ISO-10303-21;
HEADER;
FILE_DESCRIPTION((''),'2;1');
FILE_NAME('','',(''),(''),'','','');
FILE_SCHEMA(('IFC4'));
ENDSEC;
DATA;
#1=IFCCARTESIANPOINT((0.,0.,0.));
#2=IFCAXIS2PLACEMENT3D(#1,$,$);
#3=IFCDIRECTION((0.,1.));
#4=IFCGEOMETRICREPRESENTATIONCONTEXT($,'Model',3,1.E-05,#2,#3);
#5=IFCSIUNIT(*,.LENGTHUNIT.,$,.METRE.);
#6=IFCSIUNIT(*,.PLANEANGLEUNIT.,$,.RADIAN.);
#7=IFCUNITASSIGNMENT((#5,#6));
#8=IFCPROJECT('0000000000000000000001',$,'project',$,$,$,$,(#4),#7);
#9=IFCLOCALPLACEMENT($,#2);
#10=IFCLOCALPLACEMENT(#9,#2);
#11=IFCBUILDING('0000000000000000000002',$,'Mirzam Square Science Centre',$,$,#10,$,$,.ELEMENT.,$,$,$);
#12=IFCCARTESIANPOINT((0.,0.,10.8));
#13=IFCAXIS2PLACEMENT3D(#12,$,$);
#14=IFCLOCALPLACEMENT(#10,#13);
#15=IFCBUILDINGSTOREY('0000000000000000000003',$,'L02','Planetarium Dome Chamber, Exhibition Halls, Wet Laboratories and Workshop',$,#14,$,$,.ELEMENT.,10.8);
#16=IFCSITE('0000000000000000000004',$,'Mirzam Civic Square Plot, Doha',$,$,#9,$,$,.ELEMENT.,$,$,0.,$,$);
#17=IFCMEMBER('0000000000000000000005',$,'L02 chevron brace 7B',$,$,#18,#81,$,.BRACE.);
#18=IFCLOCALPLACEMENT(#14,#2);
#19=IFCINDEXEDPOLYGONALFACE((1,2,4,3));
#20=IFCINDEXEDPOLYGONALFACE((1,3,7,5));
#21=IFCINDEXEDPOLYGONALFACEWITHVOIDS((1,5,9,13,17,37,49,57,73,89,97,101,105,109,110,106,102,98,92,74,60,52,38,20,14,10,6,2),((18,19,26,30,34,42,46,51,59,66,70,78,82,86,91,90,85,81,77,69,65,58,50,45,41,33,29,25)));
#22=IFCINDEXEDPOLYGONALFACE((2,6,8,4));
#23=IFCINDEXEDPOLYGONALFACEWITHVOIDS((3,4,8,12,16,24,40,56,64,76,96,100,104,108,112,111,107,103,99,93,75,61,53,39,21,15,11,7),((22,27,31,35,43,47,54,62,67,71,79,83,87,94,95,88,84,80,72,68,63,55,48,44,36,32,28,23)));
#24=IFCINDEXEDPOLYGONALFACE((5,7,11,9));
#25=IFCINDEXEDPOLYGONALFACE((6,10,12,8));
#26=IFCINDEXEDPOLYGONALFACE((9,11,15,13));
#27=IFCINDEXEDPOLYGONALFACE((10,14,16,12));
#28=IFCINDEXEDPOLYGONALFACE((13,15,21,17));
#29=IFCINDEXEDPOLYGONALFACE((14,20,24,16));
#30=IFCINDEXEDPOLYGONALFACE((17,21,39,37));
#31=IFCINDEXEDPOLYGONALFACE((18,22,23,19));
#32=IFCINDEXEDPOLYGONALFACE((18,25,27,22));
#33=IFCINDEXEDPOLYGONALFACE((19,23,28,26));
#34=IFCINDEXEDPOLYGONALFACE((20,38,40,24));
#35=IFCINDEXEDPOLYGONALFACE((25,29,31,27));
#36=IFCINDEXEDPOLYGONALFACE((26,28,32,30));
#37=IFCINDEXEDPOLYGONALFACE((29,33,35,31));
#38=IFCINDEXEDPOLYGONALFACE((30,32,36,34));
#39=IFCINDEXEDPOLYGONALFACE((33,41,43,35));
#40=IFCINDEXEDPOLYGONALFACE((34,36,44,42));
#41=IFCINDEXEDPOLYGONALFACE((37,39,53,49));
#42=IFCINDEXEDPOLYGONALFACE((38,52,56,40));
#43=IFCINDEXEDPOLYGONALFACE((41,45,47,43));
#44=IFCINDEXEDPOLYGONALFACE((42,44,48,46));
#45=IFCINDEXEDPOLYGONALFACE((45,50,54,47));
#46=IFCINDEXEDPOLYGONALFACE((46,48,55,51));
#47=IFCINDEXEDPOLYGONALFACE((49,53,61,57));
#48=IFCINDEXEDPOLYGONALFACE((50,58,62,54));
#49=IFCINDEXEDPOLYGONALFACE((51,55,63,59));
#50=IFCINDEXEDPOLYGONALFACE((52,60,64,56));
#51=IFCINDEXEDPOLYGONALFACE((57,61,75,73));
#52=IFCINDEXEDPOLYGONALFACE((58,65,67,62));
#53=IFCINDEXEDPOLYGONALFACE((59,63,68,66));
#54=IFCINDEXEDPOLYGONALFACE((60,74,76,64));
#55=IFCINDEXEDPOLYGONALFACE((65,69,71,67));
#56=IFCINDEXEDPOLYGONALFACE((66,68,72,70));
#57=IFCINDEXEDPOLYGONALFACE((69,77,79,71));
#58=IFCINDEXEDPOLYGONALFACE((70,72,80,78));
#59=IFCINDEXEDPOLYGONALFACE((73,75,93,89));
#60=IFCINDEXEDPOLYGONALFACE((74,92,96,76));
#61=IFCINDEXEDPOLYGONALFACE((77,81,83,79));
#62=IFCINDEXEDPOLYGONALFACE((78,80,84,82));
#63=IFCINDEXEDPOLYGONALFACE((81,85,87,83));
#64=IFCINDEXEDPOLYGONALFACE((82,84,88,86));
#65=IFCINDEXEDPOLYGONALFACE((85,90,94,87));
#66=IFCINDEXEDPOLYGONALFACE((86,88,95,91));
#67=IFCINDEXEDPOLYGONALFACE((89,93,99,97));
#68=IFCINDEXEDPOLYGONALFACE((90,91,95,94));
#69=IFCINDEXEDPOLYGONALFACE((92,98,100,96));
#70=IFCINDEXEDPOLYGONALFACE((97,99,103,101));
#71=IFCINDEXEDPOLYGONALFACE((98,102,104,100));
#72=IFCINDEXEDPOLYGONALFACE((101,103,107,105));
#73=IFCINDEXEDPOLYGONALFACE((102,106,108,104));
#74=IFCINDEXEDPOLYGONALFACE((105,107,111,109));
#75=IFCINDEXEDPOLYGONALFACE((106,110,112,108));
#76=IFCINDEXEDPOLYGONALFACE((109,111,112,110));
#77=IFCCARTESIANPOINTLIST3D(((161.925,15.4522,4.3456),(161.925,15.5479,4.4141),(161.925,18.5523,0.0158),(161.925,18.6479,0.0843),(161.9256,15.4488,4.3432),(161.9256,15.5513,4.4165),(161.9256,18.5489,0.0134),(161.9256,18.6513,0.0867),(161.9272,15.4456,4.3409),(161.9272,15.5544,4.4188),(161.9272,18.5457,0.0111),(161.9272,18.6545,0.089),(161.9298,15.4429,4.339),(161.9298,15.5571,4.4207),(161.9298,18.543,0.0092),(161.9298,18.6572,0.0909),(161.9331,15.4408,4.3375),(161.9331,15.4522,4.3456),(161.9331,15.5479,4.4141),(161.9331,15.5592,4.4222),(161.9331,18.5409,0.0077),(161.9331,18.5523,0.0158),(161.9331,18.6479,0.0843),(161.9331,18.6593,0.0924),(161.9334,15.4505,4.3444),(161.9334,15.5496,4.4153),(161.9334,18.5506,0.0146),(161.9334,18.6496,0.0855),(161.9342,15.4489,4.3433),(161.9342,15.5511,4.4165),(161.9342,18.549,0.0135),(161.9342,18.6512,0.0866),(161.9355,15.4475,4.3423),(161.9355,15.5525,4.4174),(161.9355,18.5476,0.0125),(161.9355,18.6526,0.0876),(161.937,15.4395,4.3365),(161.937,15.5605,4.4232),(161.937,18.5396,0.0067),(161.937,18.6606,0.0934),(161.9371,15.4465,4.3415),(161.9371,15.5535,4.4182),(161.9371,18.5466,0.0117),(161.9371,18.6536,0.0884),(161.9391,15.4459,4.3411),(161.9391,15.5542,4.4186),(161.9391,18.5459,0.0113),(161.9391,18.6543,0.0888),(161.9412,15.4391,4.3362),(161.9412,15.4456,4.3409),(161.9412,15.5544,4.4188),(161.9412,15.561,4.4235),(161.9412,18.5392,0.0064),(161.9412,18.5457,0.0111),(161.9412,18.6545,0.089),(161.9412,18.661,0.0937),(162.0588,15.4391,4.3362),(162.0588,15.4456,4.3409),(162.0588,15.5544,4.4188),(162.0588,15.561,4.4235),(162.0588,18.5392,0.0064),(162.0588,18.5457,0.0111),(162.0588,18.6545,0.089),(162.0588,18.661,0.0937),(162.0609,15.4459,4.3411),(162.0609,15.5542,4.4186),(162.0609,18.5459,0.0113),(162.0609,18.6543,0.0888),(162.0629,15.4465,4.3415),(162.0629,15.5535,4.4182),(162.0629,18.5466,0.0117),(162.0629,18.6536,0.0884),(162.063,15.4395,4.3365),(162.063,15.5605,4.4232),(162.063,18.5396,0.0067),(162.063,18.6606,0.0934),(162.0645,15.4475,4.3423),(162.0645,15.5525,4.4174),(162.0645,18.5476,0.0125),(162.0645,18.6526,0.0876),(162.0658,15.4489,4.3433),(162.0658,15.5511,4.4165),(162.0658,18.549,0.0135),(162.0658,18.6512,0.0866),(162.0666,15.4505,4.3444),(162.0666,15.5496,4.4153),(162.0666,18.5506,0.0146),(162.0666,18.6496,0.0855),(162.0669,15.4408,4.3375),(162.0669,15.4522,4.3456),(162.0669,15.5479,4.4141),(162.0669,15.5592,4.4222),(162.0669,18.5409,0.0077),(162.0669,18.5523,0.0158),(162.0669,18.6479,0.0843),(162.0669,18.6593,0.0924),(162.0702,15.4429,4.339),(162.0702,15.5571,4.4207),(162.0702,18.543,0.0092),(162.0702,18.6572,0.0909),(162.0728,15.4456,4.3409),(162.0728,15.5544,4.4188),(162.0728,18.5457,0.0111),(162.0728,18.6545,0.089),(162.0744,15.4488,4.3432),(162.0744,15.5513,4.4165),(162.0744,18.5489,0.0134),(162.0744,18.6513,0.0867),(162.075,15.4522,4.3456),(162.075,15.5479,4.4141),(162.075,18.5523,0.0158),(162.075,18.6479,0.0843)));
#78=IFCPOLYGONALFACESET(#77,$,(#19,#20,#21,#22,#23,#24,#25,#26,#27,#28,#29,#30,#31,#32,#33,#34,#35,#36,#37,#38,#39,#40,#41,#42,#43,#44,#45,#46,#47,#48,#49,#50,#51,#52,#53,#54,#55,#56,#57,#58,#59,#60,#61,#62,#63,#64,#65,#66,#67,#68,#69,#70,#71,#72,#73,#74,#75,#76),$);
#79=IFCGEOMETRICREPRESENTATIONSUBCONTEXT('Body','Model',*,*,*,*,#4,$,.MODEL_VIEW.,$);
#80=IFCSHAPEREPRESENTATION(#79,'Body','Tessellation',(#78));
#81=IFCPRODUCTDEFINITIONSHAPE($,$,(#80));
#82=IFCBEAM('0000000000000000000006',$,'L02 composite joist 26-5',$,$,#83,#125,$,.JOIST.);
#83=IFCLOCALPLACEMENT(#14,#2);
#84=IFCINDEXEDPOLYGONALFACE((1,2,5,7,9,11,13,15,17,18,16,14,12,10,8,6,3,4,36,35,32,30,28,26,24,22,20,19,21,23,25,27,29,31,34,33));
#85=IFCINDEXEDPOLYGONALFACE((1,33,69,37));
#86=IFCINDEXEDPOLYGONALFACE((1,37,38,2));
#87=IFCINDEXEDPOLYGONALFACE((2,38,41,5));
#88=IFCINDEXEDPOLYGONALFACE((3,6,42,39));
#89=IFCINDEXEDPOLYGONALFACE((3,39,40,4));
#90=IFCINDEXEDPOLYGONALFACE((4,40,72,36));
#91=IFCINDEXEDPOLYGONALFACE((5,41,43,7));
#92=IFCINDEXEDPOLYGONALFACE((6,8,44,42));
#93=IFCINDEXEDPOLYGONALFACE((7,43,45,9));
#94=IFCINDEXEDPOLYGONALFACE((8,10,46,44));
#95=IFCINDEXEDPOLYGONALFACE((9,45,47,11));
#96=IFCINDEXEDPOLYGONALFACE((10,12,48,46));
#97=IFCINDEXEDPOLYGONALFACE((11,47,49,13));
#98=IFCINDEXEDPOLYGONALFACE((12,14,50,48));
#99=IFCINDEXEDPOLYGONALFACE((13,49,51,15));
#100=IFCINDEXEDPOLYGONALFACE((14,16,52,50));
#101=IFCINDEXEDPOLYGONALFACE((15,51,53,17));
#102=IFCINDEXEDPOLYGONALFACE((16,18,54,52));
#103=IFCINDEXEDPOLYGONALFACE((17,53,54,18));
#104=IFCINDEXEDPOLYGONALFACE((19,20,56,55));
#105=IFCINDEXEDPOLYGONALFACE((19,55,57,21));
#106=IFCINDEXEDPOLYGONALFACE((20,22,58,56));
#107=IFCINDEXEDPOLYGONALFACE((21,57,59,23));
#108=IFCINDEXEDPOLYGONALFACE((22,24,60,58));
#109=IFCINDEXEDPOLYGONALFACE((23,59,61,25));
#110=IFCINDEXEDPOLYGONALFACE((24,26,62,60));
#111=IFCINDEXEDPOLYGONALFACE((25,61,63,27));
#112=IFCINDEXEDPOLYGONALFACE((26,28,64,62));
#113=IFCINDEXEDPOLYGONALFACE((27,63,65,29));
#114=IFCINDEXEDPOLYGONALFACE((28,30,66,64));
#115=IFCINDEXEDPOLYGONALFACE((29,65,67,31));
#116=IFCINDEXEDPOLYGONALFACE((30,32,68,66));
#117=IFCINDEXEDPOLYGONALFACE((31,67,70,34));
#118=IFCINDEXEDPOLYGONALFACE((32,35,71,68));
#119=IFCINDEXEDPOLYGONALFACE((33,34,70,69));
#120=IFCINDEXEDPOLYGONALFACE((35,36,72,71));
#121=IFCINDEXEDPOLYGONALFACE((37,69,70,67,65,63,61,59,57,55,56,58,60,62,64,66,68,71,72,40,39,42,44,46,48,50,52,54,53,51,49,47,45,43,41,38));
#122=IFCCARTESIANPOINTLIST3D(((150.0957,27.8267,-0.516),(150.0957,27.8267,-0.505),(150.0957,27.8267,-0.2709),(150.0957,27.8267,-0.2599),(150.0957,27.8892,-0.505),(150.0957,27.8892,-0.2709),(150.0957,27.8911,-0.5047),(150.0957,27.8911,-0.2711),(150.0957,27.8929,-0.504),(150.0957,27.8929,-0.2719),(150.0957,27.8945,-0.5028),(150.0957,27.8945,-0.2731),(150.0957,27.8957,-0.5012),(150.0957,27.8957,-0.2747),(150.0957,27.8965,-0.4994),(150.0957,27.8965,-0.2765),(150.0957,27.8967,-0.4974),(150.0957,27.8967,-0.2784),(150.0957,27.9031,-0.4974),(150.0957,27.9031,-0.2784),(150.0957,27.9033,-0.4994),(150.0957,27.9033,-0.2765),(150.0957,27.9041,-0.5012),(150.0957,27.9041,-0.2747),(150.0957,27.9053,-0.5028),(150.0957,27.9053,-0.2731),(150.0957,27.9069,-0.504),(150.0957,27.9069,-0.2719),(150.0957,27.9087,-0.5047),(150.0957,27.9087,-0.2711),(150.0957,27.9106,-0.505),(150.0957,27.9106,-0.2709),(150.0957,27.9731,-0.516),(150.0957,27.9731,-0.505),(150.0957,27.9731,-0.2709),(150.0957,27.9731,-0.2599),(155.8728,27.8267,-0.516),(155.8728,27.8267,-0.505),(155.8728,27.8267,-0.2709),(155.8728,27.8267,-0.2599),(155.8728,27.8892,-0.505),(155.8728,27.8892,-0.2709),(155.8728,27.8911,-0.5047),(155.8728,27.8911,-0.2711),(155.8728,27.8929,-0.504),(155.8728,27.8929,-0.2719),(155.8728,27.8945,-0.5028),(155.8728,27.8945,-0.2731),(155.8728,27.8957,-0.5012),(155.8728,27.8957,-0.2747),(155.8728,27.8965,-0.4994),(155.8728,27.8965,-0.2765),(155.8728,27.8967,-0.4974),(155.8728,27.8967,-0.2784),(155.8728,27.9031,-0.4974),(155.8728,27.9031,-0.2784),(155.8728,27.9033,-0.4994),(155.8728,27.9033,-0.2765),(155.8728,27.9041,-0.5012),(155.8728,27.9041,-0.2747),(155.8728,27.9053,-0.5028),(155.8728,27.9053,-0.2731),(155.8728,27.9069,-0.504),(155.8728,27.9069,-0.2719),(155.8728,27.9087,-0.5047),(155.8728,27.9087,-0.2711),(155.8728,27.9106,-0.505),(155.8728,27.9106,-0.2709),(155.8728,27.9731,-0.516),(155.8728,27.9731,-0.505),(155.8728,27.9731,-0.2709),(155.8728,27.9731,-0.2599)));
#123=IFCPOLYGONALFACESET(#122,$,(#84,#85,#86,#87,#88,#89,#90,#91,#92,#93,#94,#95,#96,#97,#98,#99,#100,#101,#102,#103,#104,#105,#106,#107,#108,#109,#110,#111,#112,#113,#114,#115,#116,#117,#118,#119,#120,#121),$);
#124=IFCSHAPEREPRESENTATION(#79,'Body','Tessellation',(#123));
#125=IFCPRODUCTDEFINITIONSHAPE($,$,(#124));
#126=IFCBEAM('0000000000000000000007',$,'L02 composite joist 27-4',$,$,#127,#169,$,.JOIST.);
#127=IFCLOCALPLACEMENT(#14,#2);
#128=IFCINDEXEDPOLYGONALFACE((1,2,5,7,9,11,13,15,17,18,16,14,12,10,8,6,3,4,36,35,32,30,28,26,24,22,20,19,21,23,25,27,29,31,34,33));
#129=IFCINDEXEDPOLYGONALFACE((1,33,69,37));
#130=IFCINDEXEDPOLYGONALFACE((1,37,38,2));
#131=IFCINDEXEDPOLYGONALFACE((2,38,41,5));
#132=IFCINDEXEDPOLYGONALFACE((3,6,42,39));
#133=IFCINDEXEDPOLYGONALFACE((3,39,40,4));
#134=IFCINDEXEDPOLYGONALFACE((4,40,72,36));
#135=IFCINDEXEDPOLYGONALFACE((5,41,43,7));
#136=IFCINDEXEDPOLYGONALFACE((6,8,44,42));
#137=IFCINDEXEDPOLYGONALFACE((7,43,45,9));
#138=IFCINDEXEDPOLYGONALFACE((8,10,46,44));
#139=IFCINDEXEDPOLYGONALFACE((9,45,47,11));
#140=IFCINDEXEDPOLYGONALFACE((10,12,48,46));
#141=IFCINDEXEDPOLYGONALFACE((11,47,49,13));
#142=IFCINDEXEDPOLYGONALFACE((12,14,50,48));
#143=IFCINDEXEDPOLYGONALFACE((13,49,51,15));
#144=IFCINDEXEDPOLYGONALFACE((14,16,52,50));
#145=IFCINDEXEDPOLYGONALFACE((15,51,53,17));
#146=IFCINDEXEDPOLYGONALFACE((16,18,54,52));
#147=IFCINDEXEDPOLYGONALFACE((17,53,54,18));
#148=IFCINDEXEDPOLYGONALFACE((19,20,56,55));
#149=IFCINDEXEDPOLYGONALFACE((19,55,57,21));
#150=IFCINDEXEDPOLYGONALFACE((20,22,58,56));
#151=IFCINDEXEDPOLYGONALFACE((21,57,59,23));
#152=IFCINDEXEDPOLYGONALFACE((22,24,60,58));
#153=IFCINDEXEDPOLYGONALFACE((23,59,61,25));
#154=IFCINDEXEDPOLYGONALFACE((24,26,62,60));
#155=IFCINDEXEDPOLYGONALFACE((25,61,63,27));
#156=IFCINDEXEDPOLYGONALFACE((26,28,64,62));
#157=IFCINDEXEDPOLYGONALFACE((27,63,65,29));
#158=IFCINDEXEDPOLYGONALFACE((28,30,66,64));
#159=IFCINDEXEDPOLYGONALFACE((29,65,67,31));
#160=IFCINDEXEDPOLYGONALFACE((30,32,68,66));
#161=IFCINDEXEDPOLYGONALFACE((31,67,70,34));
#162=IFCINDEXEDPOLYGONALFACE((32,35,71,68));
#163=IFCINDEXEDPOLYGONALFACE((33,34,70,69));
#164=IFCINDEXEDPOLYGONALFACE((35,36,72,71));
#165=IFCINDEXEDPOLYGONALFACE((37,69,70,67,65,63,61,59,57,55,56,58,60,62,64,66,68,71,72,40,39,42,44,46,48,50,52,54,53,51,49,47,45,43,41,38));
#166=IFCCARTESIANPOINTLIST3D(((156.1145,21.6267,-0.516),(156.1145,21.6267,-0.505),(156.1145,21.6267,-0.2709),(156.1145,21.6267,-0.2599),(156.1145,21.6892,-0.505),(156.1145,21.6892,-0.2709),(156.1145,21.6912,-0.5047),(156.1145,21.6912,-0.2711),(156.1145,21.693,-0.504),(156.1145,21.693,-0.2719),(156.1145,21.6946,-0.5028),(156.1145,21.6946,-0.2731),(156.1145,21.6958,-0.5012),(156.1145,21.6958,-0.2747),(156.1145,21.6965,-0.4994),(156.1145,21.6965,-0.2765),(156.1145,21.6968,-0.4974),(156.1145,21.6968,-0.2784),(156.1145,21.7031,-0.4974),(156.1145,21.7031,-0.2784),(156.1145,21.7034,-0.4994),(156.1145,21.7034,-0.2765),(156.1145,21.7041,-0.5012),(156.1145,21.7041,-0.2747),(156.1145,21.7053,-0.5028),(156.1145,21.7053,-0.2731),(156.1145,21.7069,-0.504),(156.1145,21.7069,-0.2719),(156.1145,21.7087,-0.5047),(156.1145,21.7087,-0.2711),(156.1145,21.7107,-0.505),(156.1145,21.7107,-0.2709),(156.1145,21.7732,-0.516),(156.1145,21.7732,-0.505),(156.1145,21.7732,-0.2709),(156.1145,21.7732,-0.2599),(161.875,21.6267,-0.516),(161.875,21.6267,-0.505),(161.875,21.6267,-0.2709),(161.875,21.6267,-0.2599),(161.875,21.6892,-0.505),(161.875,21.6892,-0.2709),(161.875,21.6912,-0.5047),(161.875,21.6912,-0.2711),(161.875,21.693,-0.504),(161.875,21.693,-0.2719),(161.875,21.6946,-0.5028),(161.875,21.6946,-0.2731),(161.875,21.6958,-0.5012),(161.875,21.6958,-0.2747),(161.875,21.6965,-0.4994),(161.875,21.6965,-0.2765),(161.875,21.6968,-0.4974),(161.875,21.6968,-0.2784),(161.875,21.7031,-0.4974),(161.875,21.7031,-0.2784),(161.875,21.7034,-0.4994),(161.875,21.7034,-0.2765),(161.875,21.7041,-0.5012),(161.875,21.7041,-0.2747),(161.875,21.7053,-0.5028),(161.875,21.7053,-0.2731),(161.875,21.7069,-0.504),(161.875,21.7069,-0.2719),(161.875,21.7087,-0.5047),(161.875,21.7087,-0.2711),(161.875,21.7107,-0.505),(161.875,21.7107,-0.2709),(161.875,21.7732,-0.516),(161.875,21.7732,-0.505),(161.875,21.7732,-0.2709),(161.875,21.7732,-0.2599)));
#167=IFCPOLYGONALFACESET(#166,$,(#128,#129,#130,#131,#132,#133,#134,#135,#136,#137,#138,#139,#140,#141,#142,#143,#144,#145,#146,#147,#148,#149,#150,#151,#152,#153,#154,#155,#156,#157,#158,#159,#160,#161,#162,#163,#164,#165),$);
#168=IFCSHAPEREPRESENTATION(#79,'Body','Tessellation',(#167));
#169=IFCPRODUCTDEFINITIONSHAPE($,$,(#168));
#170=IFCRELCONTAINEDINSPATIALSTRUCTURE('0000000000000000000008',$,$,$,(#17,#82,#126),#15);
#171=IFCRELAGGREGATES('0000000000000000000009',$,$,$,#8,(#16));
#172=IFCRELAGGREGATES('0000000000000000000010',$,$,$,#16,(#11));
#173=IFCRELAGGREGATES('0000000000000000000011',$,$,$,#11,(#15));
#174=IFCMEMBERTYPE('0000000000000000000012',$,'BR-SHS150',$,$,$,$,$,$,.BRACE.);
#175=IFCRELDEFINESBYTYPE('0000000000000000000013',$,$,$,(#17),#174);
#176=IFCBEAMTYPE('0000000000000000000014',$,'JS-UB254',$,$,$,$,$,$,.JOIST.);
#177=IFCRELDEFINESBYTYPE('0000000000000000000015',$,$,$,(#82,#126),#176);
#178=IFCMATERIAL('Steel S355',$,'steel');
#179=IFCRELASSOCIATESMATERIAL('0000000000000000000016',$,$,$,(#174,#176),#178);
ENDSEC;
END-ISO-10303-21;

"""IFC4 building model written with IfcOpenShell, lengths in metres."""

from ifc_helpers import new_model, si_unit, direction, frame, origin, origin_2d, place, context, subcontext, project, spatial, hollow_rectangle, i_section, extrude, material, material_profile, profile_set, type_object, element, save


model = new_model("IFC4")

# Units and contexts
model_context = context("Model", 3, precision=1e-05, world=origin(), true_north=direction((0.0, 1.0)))
body_context = subcontext(model_context, "Body", "Model", "MODEL_VIEW")
ifc_project = project(units=[si_unit("LENGTHUNIT", "METRE"), si_unit("PLANEANGLEUNIT", "RADIAN")], contexts=[model_context])

# Site, building, storey
site_placement = place(None, origin())
site = spatial("IfcSite", under=ifc_project, at=site_placement, Name="Mirzam Civic Square Plot, Doha", CompositionType="ELEMENT", RefElevation=0.0)
building_placement = place(site_placement, origin())
building = spatial("IfcBuilding", under=site, at=building_placement, Name="Mirzam Square Science Centre", CompositionType="ELEMENT")
storey_placement = place(building_placement, frame((0.0, 0.0, 10.8)))
storey = spatial("IfcBuildingStorey", under=building, at=storey_placement, Name="L02", Description="Planetarium Dome Chamber, Exhibition Halls, Wet Laboratories and Workshop", CompositionType="ELEMENT", Elevation=10.8)

# Shared definitions
ifc_material_1 = material(Name="Steel S355", Category="steel")

# Member
ifc_material_profile_1 = material_profile(ifc_material_1, hollow_rectangle(XDim=0.1499, YDim=0.1499, WallThickness=0.0081, InnerFilletRadius=0.0081, OuterFilletRadius=0.0161, at=origin_2d()), Name="150x150x8.0SHS")
ifc_profile_set_1 = profile_set([ifc_material_profile_1], Name="Steel S355")
member_type = type_object("IfcMemberType", Name="BR-SHS150", PredefinedType="BRACE", material=ifc_profile_set_1)
member_placement = place(storey_placement, frame((162.0, 18.6001, 0.05), z_axis=(0.0, -0.582153, 0.813079), x_axis=(1.0, 0.0, 0.0)))
element("IfcMember", 1, at=member_placement, inside=storey, type_object=member_type, Name="L02 chevron brace 7B", PredefinedType="BRACE", context=body_context, shape_type="SweptSolid", body=[
    extrude(hollow_rectangle(XDim=0.1499, YDim=0.1499, WallThickness=0.0081, InnerFilletRadius=0.0081, OuterFilletRadius=0.0161, at=origin_2d()), origin(), (0.0, 0.0, 1.0), 5.3252),
])

# Beams
ifc_material_profile_2 = material_profile(ifc_material_1, i_section(OverallWidth=0.1465, OverallDepth=0.2561, WebThickness=0.0063, FlangeThickness=0.011, FilletRadius=0.0076, at=origin_2d()), Name="254x146x37UB")
ifc_profile_set_2 = profile_set([ifc_material_profile_2], Name="Steel S355")
beam_type_1 = type_object("IfcBeamType", Name="JS-UB254", PredefinedType="JOIST", material=ifc_profile_set_2)
beam_1_placement = place(storey_placement, frame((150.0957, 27.8999, -0.3879), z_axis=(1.0, 0.0, 0.0), x_axis=(0.0, 1.0, 0.0)))
element("IfcBeam", 2, at=beam_1_placement, inside=storey, type_object=beam_type_1, Name="L02 composite joist 26-5", PredefinedType="JOIST", context=body_context, shape_type="SweptSolid", body=[
    extrude(i_section(OverallWidth=0.1465, OverallDepth=0.2561, WebThickness=0.0063, FlangeThickness=0.011, FilletRadius=0.0076, at=origin_2d()), origin(), (0.0, 0.0, 1.0), 5.7771),
])
beam_2_placement = place(storey_placement, frame((156.1145, 21.7, -0.3879), z_axis=(1.0, 0.0, 0.0), x_axis=(0.0, 1.0, 0.0)))
element("IfcBeam", 3, at=beam_2_placement, inside=storey, type_object=beam_type_1, Name="L02 composite joist 27-4", PredefinedType="JOIST", context=body_context, shape_type="SweptSolid", body=[
    extrude(i_section(OverallWidth=0.1465, OverallDepth=0.2561, WebThickness=0.0063, FlangeThickness=0.011, FilletRadius=0.0076, at=origin_2d()), origin(), (0.0, 0.0, 1.0), 5.7605),
])

save(model, "model.ifc")
